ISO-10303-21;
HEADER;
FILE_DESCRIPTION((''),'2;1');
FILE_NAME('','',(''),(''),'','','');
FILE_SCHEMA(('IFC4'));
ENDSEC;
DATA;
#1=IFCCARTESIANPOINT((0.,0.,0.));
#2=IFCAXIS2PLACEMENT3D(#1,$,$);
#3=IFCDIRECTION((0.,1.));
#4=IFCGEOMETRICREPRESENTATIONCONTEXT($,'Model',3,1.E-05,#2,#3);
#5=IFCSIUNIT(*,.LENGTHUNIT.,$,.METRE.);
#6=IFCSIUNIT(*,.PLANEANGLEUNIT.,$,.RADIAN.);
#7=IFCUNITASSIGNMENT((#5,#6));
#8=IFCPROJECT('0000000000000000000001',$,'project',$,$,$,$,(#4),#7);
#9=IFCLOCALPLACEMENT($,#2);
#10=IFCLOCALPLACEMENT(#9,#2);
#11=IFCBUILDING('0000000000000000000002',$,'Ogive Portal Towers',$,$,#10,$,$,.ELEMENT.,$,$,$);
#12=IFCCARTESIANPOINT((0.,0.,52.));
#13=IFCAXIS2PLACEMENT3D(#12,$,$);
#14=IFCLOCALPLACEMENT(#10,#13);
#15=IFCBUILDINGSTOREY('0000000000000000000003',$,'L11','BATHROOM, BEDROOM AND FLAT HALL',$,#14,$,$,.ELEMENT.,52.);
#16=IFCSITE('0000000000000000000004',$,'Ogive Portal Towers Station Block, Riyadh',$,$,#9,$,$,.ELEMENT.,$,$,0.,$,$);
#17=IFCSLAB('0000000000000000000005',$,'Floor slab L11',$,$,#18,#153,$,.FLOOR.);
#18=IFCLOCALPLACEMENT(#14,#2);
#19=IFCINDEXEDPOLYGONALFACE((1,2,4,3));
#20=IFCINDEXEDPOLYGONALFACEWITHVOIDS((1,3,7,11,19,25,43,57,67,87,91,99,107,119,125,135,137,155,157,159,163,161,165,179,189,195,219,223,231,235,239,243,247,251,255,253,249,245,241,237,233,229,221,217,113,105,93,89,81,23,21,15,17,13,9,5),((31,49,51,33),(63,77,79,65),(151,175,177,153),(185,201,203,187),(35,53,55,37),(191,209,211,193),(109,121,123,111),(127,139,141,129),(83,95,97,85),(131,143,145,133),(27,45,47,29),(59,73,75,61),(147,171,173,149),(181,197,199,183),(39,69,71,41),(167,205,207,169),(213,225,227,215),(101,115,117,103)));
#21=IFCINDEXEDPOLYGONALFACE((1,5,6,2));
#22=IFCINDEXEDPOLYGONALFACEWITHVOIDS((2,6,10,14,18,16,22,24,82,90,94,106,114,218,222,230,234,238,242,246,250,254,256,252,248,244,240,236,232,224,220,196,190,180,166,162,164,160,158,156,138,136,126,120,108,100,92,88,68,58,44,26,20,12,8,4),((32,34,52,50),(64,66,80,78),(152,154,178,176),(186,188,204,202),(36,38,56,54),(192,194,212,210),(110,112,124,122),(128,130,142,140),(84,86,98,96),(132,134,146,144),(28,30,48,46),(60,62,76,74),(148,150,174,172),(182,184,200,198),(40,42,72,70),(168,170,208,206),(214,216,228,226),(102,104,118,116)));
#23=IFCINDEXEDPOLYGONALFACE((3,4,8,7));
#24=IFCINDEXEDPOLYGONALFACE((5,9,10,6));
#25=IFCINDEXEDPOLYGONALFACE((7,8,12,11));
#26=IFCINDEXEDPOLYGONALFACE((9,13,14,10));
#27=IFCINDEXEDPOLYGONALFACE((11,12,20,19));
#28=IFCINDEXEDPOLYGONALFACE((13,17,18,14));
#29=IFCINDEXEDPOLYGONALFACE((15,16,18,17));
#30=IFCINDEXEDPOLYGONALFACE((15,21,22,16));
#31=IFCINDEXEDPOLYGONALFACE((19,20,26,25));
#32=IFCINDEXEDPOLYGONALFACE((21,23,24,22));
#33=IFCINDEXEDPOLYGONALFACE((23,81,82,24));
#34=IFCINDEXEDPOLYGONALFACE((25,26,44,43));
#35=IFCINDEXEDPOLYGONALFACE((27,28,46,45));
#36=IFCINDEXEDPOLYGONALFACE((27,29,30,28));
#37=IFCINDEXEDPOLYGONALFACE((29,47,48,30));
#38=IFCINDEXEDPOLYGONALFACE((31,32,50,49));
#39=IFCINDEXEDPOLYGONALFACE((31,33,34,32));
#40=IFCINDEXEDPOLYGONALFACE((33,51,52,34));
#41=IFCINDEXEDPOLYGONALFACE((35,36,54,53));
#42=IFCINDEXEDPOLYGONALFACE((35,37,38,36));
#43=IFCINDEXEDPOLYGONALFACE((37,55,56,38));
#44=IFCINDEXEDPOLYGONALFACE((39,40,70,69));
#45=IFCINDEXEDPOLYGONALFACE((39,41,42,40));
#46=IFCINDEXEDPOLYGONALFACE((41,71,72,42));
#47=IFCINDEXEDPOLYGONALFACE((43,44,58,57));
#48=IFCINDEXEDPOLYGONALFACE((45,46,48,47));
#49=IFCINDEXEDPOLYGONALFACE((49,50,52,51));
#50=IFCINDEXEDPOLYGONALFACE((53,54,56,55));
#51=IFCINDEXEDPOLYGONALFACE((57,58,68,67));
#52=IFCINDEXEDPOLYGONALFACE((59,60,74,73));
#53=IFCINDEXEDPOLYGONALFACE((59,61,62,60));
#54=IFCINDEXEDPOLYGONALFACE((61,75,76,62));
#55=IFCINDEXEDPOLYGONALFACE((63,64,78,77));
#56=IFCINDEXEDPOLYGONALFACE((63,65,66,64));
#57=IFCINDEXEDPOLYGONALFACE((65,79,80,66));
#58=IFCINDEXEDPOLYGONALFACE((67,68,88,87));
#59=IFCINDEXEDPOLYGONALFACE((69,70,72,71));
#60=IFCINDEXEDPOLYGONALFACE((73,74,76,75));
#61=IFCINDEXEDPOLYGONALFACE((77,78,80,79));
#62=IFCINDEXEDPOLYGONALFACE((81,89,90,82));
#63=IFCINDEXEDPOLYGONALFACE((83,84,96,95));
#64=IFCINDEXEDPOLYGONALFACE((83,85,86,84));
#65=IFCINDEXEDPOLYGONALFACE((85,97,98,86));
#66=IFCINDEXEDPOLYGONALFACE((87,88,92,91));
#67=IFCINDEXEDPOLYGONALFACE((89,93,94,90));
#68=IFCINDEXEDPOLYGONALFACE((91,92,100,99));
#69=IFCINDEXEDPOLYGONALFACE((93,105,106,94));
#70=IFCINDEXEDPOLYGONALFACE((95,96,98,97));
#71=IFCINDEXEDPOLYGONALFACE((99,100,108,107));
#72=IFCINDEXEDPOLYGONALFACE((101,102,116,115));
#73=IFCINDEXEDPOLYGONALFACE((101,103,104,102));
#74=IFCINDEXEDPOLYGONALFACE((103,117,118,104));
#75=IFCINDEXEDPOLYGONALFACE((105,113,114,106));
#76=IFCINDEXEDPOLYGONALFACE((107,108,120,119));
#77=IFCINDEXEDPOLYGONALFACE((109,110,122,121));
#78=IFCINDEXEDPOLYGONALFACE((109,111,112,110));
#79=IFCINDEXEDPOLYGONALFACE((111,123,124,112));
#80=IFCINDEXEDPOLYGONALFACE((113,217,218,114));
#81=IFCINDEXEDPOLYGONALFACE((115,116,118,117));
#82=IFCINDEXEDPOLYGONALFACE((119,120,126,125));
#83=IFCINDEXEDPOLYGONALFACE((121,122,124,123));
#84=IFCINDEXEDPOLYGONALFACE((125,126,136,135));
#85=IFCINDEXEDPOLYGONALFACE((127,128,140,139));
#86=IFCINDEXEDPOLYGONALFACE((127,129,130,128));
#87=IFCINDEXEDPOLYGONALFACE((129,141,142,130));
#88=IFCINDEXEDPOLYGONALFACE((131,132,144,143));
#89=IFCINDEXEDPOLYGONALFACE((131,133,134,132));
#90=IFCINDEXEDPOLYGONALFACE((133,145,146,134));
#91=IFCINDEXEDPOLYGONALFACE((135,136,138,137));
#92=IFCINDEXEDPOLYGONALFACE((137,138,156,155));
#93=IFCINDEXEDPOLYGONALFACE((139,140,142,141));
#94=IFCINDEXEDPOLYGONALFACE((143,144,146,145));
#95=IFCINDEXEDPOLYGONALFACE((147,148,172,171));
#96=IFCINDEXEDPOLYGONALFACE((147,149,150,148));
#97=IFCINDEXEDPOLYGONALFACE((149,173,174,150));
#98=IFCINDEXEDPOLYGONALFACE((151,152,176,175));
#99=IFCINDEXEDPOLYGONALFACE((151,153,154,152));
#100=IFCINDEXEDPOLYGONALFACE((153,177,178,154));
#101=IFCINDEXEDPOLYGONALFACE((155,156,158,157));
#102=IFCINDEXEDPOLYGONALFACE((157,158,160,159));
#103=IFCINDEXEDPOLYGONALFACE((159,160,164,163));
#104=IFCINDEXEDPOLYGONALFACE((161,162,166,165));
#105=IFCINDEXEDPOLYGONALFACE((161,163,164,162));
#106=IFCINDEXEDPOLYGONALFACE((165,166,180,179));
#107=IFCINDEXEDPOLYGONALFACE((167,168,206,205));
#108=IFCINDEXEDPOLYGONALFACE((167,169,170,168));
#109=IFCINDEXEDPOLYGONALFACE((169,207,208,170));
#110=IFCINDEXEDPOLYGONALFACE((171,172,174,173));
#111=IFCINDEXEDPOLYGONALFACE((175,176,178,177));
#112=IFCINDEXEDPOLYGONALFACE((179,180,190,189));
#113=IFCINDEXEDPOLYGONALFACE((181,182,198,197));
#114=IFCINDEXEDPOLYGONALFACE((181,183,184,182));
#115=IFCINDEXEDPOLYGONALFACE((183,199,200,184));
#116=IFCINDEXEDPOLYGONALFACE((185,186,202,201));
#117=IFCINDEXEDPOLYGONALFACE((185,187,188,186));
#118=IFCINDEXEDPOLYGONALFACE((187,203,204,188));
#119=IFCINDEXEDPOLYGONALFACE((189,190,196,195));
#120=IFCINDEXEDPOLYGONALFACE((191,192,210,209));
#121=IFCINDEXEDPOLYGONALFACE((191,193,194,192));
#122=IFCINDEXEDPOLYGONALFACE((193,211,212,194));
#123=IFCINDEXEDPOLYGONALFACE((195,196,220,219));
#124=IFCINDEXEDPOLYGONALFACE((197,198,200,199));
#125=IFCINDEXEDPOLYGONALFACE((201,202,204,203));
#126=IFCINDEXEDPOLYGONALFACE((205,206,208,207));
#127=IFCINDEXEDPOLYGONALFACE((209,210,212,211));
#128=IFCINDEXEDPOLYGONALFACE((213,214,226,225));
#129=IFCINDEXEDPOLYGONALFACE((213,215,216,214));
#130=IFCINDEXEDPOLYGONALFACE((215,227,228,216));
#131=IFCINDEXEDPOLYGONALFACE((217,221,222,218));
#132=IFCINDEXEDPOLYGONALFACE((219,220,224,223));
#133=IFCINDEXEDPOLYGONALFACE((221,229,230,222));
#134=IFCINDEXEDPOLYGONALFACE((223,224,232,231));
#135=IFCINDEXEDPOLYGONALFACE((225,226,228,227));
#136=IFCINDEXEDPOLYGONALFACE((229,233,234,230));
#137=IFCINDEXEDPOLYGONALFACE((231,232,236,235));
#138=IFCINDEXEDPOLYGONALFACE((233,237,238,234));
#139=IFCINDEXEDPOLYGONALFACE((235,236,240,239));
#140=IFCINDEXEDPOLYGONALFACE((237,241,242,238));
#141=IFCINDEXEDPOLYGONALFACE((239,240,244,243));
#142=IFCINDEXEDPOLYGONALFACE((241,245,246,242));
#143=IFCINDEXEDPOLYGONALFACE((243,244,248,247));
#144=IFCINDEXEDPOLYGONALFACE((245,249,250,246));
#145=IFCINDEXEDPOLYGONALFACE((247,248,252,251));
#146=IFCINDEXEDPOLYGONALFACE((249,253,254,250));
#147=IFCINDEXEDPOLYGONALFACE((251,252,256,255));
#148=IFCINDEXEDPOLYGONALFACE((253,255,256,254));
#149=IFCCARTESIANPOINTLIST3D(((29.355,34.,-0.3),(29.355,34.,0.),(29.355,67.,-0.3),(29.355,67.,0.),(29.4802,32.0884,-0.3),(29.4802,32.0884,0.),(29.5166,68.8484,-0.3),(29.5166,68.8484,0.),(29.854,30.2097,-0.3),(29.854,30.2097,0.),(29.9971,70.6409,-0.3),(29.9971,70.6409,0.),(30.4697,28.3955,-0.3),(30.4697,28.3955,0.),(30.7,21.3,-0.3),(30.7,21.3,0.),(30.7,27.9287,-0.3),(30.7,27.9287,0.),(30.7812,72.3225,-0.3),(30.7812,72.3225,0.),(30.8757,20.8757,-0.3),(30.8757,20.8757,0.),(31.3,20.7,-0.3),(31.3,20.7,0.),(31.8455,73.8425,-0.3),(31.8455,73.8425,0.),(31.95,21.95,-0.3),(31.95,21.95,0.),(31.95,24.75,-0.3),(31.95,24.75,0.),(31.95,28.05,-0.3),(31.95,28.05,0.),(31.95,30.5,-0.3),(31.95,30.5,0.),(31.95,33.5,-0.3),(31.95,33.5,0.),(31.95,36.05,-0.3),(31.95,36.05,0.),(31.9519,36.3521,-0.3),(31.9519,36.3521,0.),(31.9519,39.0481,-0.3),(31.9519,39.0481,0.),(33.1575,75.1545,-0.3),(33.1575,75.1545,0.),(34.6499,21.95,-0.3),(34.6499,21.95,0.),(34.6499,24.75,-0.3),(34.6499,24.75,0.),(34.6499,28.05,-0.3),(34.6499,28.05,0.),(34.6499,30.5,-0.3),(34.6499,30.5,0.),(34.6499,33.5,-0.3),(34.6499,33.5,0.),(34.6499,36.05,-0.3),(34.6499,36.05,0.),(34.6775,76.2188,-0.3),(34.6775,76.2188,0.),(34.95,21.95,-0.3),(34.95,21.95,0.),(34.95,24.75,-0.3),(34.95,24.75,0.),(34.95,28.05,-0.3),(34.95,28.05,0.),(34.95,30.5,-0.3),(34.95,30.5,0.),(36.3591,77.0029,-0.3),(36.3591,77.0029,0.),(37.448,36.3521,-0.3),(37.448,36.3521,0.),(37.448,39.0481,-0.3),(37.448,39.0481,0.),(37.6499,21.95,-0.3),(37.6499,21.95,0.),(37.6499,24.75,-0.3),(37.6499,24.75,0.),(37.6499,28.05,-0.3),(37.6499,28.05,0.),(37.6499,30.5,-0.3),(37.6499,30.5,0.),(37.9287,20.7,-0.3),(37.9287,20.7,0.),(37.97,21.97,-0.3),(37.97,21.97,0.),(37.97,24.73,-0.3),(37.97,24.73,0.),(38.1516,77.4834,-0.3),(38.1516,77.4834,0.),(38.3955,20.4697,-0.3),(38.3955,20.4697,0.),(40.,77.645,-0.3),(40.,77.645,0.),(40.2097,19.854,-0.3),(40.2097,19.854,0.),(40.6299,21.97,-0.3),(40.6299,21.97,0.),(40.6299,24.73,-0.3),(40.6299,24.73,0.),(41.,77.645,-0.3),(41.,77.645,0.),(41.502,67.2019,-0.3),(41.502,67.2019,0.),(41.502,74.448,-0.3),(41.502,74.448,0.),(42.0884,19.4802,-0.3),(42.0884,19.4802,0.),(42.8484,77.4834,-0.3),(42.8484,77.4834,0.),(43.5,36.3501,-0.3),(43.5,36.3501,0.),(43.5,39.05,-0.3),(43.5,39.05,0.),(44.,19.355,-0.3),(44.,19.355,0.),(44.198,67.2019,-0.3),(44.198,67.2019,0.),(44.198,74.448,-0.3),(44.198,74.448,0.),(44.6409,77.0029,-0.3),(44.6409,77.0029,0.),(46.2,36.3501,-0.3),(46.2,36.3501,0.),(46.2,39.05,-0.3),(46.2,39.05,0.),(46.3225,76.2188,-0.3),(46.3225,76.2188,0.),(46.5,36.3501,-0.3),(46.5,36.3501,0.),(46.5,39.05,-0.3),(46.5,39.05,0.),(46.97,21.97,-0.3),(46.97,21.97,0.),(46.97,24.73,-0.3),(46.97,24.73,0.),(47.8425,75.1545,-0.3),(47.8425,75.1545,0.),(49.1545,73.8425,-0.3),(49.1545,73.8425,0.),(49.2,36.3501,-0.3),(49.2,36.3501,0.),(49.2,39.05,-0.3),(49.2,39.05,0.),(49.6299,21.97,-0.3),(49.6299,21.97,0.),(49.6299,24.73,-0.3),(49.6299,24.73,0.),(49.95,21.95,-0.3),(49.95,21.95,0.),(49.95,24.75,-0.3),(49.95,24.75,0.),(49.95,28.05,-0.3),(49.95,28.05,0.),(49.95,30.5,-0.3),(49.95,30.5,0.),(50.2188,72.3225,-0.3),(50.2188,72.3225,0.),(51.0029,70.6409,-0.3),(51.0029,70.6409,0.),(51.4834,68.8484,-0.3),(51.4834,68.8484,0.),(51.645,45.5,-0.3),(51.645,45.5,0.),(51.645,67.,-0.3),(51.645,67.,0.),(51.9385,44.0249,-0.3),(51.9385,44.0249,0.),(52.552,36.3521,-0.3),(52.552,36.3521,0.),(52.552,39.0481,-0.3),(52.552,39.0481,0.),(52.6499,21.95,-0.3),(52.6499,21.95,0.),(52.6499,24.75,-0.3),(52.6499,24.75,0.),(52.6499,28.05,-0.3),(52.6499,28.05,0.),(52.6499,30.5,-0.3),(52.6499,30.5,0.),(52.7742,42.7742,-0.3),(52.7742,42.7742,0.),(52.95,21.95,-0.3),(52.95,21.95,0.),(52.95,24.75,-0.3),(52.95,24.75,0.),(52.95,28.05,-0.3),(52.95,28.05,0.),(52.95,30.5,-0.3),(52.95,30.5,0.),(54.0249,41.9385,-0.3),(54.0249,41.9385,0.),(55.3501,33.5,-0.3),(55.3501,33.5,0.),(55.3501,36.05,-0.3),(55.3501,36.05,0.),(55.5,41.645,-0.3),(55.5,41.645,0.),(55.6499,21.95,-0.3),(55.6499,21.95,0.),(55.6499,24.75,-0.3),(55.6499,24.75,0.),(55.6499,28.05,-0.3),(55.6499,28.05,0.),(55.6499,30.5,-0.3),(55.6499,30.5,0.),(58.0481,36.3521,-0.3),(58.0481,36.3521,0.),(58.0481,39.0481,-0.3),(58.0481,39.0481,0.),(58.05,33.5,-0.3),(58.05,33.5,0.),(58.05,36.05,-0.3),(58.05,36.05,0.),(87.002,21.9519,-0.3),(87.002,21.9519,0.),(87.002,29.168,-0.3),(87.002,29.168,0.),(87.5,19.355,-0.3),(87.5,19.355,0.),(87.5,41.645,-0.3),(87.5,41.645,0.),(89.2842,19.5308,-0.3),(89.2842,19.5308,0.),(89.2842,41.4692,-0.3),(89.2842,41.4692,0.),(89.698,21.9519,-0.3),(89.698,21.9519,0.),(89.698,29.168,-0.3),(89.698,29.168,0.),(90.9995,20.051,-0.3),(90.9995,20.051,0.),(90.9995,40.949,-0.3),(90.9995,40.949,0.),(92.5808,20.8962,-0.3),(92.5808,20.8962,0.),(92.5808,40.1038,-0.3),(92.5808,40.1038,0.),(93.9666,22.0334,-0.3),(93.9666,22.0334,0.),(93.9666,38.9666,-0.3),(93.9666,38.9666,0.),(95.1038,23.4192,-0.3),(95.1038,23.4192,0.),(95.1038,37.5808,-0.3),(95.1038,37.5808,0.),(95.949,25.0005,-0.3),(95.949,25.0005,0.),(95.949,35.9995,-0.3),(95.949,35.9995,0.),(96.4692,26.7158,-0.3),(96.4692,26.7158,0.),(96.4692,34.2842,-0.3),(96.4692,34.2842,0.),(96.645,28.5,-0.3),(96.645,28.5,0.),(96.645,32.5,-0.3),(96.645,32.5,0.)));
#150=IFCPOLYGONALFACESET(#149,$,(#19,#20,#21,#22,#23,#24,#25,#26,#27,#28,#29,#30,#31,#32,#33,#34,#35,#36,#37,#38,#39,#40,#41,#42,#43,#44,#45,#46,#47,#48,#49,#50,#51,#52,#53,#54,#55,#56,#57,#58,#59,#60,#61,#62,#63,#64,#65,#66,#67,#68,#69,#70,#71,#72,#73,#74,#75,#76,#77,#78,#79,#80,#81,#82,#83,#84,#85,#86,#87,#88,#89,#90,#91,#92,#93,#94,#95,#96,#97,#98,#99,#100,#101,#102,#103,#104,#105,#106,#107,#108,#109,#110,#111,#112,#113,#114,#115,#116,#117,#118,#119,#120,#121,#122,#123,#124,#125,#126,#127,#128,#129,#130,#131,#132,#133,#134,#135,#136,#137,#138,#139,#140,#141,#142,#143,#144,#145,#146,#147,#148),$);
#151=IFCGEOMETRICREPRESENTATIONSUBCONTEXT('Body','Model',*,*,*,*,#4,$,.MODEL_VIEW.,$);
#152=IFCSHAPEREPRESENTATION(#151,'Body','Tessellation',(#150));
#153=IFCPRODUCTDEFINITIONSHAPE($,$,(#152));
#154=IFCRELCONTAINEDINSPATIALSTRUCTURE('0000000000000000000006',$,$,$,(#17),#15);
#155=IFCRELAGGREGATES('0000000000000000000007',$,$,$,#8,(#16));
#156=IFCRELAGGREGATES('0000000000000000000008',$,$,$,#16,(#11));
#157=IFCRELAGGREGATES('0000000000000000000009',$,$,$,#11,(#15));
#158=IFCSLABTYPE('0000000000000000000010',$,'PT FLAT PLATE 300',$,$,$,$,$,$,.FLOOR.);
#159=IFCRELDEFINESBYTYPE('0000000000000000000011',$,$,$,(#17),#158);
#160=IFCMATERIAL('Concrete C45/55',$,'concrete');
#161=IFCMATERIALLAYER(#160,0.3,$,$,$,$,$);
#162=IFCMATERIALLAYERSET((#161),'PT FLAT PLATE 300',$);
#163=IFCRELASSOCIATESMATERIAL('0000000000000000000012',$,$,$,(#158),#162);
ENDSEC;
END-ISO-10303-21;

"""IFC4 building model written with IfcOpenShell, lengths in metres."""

from ifc_helpers import new_model, si_unit, direction, frame, origin, place, context, subcontext, project, spatial, polyline, outline, extrude, material, layer, layer_set, type_object, element, save


model = new_model("IFC4")

# Units and contexts
model_context = context("Model", 3, precision=1e-05, world=origin(), true_north=direction((0.0, 1.0)))
body_context = subcontext(model_context, "Body", "Model", "MODEL_VIEW")
ifc_project = project(units=[si_unit("LENGTHUNIT", "METRE"), si_unit("PLANEANGLEUNIT", "RADIAN")], contexts=[model_context])

# Site, building, storey
site_placement = place(None, origin())
site = spatial("IfcSite", under=ifc_project, at=site_placement, Name="Ogive Portal Towers Station Block, Riyadh", CompositionType="ELEMENT", RefElevation=0.0)
building_placement = place(site_placement, origin())
building = spatial("IfcBuilding", under=site, at=building_placement, Name="Ogive Portal Towers", CompositionType="ELEMENT")
storey_placement = place(building_placement, frame((0.0, 0.0, 52.0)))
storey = spatial("IfcBuildingStorey", under=building, at=storey_placement, Name="L11", Description="BATHROOM, BEDROOM AND FLAT HALL", CompositionType="ELEMENT", Elevation=52.0)

# Slab
ifc_material_1 = material(Name="Concrete C45/55", Category="concrete")
ifc_layer_1 = layer(ifc_material_1, 0.3)
ifc_layer_set_1 = layer_set([ifc_layer_1], Name="PT FLAT PLATE 300")
slab_type = type_object("IfcSlabType", Name="PT FLAT PLATE 300", PredefinedType="FLOOR", material=ifc_layer_set_1)
slab_1_placement = place(storey_placement, frame((0.0, 0.0, -0.3)))
element("IfcSlab", 1, at=slab_1_placement, inside=storey, type_object=slab_type, Name="Floor slab L11", PredefinedType="FLOOR", context=body_context, shape_type="SweptSolid", body=[
    extrude(outline(polyline([(29.854, 30.2097), (30.4697, 28.3955), (30.7, 27.9287), (30.7, 21.3), (30.8757, 20.8757), (31.3, 20.7), (37.9287, 20.7), (38.3955, 20.4697), (40.2097, 19.854), (42.0884, 19.4802), (44.0, 19.355), (87.5, 19.355), (89.2842, 19.5308), (90.9995, 20.051), (92.5808, 20.8962), (93.9666, 22.0334), (95.1038, 23.4192), (95.949, 25.0005), (96.4692, 26.7158), (96.645, 28.5), (96.645, 32.5), (96.4692, 34.2842), (95.949, 35.9995), (95.1038, 37.5808), (93.9666, 38.9666), (92.5808, 40.1038), (90.9995, 40.949), (89.2842, 41.4692), (87.5, 41.645), (55.5, 41.645), (54.0249, 41.9385), (52.7742, 42.7742), (51.9385, 44.0249), (51.645, 45.5), (51.645, 67.0), (51.4834, 68.8484), (51.0029, 70.6409), (50.2188, 72.3225), (49.1545, 73.8425), (47.8425, 75.1545), (46.3225, 76.2188), (44.6409, 77.0029), (42.8484, 77.4834), (41.0, 77.645), (40.0, 77.645), (38.1516, 77.4834), (36.3591, 77.0029), (34.6775, 76.2188), (33.1575, 75.1545), (31.8455, 73.8425), (30.7812, 72.3225), (29.9971, 70.6409), (29.5166, 68.8484), (29.355, 67.0), (29.355, 34.0), (29.4802, 32.0884), (29.854, 30.2097)]), holes=[polyline([(34.6499, 24.75), (34.6499, 21.95), (31.95, 21.95), (31.95, 24.75), (34.6499, 24.75)]), polyline([(37.6499, 24.75), (37.6499, 21.95), (34.95, 21.95), (34.95, 24.75), (37.6499, 24.75)]), polyline([(40.6299, 21.97), (37.97, 21.97), (37.97, 24.73), (40.6299, 24.73), (40.6299, 21.97)]), polyline([(34.6499, 28.05), (31.95, 28.05), (31.95, 30.5), (34.6499, 30.5), (34.6499, 28.05)]), polyline([(37.6499, 28.05), (34.95, 28.05), (34.95, 30.5), (37.6499, 30.5), (37.6499, 28.05)]), polyline([(34.6499, 36.05), (34.6499, 33.5), (31.95, 33.5), (31.95, 36.05), (34.6499, 36.05)]), polyline([(31.9519, 39.0481), (37.448, 39.0481), (37.448, 36.3521), (31.9519, 36.3521), (31.9519, 39.0481)]), polyline([(46.2, 39.05), (46.2, 36.3501), (43.5, 36.3501), (43.5, 39.05), (46.2, 39.05)]), polyline([(49.2, 36.3501), (46.5, 36.3501), (46.5, 39.05), (49.2, 39.05), (49.2, 36.3501)]), polyline([(44.198, 67.2019), (41.502, 67.2019), (41.502, 74.448), (44.198, 74.448), (44.198, 67.2019)]), polyline([(49.6299, 21.97), (46.97, 21.97), (46.97, 24.73), (49.6299, 24.73), (49.6299, 21.97)]), polyline([(52.6499, 24.75), (52.6499, 21.95), (49.95, 21.95), (49.95, 24.75), (52.6499, 24.75)]), polyline([(55.6499, 21.95), (52.95, 21.95), (52.95, 24.75), (55.6499, 24.75), (55.6499, 21.95)]), polyline([(87.002, 29.168), (89.698, 29.168), (89.698, 21.9519), (87.002, 21.9519), (87.002, 29.168)]), polyline([(52.6499, 30.5), (52.6499, 28.05), (49.95, 28.05), (49.95, 30.5), (52.6499, 30.5)]), polyline([(55.6499, 30.5), (55.6499, 28.05), (52.95, 28.05), (52.95, 30.5), (55.6499, 30.5)]), polyline([(58.05, 33.5), (55.3501, 33.5), (55.3501, 36.05), (58.05, 36.05), (58.05, 33.5)]), polyline([(52.552, 36.3521), (52.552, 39.0481), (58.0481, 39.0481), (58.0481, 36.3521), (52.552, 36.3521)])]), origin(), (0.0, 0.0, 1.0), 0.3),
])

save(model, "model.ifc")
